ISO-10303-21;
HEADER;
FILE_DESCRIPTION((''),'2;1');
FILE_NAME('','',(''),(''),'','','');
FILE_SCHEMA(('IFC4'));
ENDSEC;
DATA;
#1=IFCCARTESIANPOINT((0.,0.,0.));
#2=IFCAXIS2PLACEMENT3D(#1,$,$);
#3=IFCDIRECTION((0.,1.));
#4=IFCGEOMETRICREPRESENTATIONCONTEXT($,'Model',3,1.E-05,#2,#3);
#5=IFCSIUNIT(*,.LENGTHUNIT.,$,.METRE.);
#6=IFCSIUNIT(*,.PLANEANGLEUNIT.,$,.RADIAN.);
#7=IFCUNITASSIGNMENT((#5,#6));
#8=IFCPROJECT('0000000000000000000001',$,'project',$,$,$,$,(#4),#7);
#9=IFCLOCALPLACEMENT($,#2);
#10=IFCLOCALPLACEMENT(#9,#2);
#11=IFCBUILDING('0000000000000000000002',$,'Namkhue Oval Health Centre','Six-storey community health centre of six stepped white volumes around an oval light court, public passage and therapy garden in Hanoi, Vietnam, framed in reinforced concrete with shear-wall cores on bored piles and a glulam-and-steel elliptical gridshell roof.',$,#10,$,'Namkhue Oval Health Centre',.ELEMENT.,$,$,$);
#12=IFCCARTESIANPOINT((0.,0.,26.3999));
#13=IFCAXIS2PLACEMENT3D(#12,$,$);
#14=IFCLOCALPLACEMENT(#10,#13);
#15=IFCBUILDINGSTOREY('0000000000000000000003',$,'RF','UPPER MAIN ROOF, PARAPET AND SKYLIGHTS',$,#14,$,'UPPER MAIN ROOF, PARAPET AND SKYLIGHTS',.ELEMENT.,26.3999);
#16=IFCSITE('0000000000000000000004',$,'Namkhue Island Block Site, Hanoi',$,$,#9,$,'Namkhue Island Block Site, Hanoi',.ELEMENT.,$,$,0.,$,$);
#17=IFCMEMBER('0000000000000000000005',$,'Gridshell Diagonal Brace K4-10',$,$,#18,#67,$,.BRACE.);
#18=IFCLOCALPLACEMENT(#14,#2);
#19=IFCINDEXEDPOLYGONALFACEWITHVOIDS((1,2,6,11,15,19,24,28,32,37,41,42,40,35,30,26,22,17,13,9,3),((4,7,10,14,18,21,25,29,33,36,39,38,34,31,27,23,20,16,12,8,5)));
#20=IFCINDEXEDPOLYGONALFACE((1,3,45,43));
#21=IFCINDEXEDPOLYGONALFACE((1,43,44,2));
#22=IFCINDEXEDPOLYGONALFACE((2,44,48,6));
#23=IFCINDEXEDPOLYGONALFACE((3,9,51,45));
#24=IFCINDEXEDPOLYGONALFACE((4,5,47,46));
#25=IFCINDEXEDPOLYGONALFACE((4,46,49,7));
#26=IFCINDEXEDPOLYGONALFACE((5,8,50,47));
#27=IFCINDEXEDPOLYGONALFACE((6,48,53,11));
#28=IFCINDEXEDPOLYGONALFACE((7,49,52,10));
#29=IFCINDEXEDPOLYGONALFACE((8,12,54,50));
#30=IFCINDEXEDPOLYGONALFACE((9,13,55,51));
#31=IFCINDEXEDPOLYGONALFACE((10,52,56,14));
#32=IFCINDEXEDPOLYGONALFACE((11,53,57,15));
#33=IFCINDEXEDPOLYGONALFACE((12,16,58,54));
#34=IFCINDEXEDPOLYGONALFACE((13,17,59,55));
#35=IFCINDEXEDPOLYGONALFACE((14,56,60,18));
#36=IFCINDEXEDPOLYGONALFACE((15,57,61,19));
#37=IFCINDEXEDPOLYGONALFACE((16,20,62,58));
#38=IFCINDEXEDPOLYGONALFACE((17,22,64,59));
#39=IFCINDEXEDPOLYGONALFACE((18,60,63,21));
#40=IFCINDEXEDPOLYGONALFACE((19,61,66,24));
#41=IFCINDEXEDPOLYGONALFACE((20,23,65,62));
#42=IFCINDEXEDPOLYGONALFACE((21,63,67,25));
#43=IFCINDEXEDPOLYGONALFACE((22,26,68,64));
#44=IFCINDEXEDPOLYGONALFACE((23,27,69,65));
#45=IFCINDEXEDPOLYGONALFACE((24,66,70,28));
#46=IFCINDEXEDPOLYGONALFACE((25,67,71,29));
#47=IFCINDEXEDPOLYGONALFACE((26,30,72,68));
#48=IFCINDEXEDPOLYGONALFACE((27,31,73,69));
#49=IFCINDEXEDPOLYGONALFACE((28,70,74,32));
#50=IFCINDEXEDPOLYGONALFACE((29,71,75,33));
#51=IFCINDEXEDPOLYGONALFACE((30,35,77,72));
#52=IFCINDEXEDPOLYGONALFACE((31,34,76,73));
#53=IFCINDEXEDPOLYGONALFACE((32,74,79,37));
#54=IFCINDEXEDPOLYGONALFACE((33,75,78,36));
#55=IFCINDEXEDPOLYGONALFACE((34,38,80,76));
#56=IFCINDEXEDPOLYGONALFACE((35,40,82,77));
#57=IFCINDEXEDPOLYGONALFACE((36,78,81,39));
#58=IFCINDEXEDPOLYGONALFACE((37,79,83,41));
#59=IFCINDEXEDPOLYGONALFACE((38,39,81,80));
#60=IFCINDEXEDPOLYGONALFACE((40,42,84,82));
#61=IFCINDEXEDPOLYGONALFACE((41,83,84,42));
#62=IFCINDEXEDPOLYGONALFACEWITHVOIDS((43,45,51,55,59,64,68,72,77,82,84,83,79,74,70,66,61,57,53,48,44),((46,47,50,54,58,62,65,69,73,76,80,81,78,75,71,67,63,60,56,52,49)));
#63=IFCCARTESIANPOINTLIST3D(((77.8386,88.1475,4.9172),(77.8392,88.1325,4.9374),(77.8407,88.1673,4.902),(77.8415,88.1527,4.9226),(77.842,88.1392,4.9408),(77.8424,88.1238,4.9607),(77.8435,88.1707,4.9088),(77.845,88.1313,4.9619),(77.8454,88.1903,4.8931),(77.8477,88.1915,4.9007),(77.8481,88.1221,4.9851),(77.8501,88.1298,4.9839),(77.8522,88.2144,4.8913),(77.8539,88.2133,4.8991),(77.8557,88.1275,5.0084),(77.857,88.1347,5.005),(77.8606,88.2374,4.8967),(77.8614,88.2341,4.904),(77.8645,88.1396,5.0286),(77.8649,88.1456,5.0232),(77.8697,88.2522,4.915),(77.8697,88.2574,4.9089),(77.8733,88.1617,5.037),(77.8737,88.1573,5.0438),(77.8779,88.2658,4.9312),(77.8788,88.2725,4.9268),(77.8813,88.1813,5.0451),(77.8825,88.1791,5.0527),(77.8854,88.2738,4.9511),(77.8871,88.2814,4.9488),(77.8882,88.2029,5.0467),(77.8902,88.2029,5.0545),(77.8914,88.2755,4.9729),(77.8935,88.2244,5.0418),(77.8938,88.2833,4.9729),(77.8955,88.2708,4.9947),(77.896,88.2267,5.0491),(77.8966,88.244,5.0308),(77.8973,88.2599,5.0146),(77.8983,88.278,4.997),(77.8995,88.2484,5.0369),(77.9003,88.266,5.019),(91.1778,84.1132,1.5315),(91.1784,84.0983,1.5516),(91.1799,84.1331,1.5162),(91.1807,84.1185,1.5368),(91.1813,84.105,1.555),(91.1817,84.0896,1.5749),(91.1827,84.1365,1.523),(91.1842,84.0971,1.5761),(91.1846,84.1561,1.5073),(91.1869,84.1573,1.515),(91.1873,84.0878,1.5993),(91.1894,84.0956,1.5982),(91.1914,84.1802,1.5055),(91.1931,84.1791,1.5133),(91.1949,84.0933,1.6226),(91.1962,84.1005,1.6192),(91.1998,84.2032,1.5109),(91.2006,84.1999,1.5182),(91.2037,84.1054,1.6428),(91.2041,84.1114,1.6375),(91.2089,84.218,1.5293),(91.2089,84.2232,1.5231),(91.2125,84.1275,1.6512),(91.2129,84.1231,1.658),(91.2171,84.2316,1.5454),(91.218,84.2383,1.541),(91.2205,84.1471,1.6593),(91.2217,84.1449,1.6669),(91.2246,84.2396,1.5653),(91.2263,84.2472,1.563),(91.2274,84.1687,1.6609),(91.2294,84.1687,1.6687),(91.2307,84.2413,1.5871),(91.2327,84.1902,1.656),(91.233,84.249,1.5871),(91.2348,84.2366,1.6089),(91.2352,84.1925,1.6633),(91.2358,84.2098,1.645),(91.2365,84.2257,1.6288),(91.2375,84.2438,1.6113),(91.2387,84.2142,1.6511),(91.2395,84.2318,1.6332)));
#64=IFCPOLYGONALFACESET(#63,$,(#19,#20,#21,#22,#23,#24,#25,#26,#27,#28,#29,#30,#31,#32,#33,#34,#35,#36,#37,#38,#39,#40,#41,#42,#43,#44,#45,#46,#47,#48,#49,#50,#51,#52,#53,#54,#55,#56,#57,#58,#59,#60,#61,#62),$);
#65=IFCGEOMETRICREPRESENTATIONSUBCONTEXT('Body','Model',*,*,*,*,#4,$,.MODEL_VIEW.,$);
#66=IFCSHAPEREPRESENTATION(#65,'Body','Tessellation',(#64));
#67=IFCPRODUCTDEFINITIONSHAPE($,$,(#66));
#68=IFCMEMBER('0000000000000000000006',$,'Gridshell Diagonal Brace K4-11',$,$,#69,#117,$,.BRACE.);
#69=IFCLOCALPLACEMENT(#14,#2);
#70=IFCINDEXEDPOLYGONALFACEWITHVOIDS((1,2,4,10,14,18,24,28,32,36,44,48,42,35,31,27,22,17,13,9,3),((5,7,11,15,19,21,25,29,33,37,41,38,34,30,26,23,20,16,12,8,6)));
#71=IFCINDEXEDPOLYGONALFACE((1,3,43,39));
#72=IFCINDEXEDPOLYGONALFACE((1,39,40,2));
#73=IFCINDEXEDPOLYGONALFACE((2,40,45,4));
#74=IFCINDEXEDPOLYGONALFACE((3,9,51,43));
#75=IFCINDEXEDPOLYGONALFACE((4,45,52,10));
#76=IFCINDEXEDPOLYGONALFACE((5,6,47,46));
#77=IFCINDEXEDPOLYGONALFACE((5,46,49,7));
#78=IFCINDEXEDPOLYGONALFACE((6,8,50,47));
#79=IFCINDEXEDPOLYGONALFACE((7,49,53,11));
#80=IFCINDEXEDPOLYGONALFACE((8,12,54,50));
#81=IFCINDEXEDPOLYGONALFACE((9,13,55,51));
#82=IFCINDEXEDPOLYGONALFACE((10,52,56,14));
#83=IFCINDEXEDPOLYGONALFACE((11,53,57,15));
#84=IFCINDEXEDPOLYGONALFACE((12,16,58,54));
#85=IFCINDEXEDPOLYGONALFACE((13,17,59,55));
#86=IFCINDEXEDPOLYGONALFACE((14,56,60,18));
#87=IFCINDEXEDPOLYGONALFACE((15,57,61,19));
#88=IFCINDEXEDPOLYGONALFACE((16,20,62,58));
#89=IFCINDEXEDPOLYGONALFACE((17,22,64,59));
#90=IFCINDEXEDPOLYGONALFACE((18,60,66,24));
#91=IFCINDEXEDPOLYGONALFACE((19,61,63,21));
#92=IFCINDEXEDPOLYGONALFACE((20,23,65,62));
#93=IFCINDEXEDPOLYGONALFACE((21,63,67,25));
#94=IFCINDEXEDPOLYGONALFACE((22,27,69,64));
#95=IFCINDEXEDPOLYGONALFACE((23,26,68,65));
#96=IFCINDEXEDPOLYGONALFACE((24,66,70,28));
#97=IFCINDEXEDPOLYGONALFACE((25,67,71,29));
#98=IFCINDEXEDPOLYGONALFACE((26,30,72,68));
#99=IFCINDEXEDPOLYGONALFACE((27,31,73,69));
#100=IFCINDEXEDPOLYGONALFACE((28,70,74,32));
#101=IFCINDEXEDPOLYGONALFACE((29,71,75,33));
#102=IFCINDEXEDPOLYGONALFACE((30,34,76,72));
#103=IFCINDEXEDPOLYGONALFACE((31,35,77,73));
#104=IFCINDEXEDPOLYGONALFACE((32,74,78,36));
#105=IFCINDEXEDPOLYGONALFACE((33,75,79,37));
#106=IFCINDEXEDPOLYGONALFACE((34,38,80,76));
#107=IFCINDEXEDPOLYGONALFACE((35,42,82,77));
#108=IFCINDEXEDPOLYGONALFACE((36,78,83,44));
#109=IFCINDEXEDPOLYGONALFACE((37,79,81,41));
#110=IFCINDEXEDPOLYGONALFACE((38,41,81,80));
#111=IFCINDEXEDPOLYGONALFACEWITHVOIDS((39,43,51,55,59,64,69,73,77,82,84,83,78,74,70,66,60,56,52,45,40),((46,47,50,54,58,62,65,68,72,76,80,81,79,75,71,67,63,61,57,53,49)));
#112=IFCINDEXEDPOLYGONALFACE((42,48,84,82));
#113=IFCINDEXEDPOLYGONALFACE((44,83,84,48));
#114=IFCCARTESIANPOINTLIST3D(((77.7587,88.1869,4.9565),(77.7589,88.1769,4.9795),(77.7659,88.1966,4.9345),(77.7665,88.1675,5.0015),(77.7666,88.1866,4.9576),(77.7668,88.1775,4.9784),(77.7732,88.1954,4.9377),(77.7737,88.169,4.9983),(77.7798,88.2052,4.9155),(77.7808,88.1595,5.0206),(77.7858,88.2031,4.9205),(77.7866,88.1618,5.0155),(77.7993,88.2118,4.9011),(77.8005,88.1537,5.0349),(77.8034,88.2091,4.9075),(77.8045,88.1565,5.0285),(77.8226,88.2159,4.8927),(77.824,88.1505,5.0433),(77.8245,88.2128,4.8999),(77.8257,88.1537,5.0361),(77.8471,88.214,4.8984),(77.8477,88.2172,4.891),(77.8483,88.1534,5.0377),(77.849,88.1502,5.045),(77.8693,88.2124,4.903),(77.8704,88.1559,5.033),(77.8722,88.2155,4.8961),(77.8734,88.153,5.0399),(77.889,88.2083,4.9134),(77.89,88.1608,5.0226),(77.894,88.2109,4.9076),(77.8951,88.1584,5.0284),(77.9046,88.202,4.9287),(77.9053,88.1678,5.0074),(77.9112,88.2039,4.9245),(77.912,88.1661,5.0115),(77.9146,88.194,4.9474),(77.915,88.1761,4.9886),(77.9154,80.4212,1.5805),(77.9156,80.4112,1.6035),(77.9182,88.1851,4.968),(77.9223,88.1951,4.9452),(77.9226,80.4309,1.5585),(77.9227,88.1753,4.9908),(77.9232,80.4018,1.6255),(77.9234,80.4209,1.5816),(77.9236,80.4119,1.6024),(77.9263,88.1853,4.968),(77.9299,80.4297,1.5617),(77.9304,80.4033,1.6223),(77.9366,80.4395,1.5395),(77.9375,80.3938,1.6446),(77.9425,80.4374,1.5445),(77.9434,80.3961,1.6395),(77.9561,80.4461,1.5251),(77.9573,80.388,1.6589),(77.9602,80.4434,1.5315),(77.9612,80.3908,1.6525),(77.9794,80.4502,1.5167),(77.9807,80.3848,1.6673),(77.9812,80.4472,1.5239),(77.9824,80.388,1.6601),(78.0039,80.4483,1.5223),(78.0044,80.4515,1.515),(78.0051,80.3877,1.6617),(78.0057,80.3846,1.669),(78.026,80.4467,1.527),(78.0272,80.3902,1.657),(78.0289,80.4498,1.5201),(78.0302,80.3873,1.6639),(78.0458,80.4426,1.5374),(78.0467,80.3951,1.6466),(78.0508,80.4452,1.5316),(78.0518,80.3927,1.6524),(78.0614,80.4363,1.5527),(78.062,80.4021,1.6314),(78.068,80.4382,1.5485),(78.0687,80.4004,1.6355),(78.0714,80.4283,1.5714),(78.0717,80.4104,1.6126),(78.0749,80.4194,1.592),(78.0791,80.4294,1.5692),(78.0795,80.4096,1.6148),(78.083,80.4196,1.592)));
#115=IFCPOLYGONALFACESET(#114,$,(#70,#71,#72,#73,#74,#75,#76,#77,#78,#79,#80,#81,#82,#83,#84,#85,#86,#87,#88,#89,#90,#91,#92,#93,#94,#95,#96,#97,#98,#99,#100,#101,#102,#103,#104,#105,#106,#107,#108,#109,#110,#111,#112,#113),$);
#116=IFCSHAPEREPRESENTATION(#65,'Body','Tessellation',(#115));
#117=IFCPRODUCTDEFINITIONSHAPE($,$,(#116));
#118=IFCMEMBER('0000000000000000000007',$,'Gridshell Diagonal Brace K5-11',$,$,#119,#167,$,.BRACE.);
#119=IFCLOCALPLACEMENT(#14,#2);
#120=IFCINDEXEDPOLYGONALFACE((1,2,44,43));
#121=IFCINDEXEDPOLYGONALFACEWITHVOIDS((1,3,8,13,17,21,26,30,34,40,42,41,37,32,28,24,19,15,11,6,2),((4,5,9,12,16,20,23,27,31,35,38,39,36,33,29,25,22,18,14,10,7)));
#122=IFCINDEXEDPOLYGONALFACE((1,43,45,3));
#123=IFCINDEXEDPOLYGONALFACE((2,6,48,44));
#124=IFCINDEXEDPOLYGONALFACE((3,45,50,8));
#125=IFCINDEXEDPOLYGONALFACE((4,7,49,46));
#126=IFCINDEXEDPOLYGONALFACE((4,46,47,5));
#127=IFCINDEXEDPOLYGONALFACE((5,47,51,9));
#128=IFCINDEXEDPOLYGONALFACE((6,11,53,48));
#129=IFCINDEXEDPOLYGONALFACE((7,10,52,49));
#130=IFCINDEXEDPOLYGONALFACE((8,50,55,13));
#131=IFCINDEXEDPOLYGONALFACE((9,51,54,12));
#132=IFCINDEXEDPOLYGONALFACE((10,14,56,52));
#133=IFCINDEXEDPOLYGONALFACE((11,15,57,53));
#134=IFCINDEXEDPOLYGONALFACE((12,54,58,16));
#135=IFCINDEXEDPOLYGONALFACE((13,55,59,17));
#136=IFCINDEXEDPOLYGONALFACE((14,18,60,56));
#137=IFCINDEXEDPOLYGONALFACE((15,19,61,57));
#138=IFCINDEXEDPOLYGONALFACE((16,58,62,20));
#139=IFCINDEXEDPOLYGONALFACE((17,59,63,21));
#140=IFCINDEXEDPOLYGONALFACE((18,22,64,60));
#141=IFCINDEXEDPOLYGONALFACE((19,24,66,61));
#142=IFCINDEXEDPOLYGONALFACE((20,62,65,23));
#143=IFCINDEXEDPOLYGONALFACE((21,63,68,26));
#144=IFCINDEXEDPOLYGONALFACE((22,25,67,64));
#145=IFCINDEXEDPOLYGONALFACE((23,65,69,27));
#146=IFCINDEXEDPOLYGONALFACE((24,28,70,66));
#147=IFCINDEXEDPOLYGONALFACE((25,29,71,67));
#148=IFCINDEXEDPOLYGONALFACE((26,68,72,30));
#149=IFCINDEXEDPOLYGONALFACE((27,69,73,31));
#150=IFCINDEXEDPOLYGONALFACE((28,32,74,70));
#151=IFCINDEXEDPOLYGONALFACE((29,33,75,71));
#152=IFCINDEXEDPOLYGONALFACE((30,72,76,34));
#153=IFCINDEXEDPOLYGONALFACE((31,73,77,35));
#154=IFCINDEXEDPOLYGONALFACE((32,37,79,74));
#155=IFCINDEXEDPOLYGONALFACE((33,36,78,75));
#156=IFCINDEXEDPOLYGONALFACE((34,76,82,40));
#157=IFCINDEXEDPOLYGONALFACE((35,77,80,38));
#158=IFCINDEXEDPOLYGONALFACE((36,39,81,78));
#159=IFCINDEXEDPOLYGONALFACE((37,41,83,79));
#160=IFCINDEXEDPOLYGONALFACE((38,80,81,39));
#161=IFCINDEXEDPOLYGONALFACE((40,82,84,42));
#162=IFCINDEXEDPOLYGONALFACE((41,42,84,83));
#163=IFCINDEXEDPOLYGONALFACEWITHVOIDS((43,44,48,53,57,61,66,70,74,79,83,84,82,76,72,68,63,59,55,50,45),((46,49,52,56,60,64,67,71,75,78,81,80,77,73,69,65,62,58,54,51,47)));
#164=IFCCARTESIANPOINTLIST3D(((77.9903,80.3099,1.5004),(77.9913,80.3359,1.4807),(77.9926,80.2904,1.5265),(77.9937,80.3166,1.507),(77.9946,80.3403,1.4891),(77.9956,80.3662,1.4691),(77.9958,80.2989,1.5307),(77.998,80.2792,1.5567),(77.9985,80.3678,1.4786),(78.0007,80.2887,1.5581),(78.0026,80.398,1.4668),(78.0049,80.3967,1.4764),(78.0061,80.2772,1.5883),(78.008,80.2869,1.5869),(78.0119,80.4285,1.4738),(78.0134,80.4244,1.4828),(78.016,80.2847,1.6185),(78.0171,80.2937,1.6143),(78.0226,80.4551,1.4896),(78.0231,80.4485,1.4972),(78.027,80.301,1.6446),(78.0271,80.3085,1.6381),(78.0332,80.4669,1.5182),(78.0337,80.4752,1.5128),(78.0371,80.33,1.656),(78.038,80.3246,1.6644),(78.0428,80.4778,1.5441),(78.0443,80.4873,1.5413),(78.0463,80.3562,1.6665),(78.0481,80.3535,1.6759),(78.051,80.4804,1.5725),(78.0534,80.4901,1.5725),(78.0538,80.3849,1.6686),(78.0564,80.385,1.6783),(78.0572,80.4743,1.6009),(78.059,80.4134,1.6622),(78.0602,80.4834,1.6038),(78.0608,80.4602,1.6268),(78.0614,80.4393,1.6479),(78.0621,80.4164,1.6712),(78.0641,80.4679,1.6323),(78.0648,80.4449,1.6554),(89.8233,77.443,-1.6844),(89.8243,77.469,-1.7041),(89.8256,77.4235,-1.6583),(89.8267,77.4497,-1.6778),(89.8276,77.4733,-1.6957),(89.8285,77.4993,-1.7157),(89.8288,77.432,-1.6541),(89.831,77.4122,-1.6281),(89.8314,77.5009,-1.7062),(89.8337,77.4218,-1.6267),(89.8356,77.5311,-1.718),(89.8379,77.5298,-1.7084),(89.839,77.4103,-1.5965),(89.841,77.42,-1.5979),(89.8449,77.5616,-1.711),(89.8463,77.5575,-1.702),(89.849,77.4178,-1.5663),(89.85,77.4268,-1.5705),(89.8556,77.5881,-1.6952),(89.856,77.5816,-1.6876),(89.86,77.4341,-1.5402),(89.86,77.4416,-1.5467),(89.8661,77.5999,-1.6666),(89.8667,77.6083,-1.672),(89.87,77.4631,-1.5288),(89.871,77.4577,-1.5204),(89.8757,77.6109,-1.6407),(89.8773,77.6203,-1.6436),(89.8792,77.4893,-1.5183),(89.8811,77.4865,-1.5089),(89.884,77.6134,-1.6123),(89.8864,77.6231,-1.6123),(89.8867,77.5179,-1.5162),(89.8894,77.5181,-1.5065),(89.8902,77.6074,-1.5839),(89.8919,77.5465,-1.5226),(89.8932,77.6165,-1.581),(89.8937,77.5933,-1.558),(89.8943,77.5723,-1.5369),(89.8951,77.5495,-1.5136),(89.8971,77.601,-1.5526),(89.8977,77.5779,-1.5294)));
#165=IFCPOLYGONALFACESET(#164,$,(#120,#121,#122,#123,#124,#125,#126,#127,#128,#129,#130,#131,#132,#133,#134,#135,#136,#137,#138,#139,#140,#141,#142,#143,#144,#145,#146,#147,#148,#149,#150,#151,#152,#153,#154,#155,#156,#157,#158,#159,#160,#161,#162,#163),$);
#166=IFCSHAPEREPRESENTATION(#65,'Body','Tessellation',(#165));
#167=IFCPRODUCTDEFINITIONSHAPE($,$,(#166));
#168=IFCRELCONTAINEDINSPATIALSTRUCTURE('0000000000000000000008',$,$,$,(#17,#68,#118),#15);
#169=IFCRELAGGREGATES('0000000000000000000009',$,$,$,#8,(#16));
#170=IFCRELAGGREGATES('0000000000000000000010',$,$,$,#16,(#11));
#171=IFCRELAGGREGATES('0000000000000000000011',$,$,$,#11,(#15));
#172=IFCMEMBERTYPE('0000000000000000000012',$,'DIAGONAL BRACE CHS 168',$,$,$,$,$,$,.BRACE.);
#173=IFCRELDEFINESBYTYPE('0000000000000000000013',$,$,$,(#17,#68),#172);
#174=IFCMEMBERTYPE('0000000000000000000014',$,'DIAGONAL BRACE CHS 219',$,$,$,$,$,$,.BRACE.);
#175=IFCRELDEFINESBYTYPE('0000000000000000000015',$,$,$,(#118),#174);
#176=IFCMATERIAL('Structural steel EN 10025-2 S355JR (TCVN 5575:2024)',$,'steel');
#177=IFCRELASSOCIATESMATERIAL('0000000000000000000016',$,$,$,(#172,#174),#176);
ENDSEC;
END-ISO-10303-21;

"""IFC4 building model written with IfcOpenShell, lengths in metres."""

from ifc_helpers import new_model, si_unit, direction, frame, origin, origin_2d, place, context, subcontext, project, spatial, hollow_circle, extrude, material, material_profile, profile_set, type_object, element, save


model = new_model("IFC4")

# Units and contexts
model_context = context("Model", 3, precision=1e-05, world=origin(), true_north=direction((0.0, 1.0)))
body_context = subcontext(model_context, "Body", "Model", "MODEL_VIEW")
ifc_project = project(units=[si_unit("LENGTHUNIT", "METRE"), si_unit("PLANEANGLEUNIT", "RADIAN")], contexts=[model_context])

# Site, building, storey
site_placement = place(None, origin())
site = spatial("IfcSite", under=ifc_project, at=site_placement, Name="Namkhue Island Block Site, Hanoi", LongName="Namkhue Island Block Site, Hanoi", CompositionType="ELEMENT", RefElevation=0.0)
building_placement = place(site_placement, origin())
building = spatial("IfcBuilding", under=site, at=building_placement, Name="Namkhue Oval Health Centre", Description="Six-storey community health centre of six stepped white volumes around an oval light court, public passage and therapy garden in Hanoi, Vietnam, framed in reinforced concrete with shear-wall cores on bored piles and a glulam-and-steel elliptical gridshell roof.", LongName="Namkhue Oval Health Centre", CompositionType="ELEMENT")
storey_placement = place(building_placement, frame((0.0, 0.0, 26.3999)))
storey = spatial("IfcBuildingStorey", under=building, at=storey_placement, Name="RF", Description="UPPER MAIN ROOF, PARAPET AND SKYLIGHTS", LongName="UPPER MAIN ROOF, PARAPET AND SKYLIGHTS", CompositionType="ELEMENT", Elevation=26.3999)

# Members
ifc_material_1 = material(Name="Structural steel EN 10025-2 S355JR (TCVN 5575:2024)", Category="steel")
ifc_material_profile_1 = material_profile(ifc_material_1, hollow_circle(Radius=0.0842, WallThickness=0.0081, at=origin_2d()), Name="CHS 168.3x8")
ifc_profile_set_1 = profile_set([ifc_material_profile_1], Name="Structural steel EN 10025-2 S355JR (TCVN 5575:2024)")
member_type_1 = type_object("IfcMemberType", Name="DIAGONAL BRACE CHS 168", PredefinedType="BRACE", material=ifc_profile_set_1)
member_1_placement = place(storey_placement, frame((77.8694, 88.2026, 4.9729), z_axis=(0.930126, -0.2813, -0.236085), x_axis=(0.289483, 0.957183, 0.0)))
element("IfcMember", 1, at=member_1_placement, inside=storey, type_object=member_type_1, Name="Gridshell Diagonal Brace K4-10", PredefinedType="BRACE", context=body_context, shape_type="SweptSolid", body=[
    extrude(hollow_circle(Radius=0.0842, WallThickness=0.0081, at=origin_2d()), origin(), (0.0, 0.0, 1.0), 14.3413),
])
member_2_placement = place(storey_placement, frame((77.842, 88.1836, 4.968), z_axis=(0.018507, -0.916929, -0.39862), x_axis=(0.999796, 0.020179, 0.0)))
element("IfcMember", 2, at=member_2_placement, inside=storey, type_object=member_type_1, Name="Gridshell Diagonal Brace K4-11", PredefinedType="BRACE", context=body_context, shape_type="SweptSolid", body=[
    extrude(hollow_circle(Radius=0.0842, WallThickness=0.0081, at=origin_2d()), origin(), (0.0, 0.0, 1.0), 8.4692),
])
ifc_material_profile_2 = material_profile(ifc_material_1, hollow_circle(Radius=0.1096, WallThickness=0.01, at=origin_2d()), Name="CHS 219.1x10")
ifc_profile_set_2 = profile_set([ifc_material_profile_2], Name="Structural steel EN 10025-2 S355JR (TCVN 5575:2024)")
member_type_2 = type_object("IfcMemberType", Name="DIAGONAL BRACE CHS 219", PredefinedType="BRACE", material=ifc_profile_set_2)
member_3_placement = place(storey_placement, frame((78.0276, 80.3835, 1.5725), z_axis=(0.940246, -0.227806, -0.253064), x_axis=(0.235471, 0.971881, 0.0)))
element("IfcMember", 3, at=member_3_placement, inside=storey, type_object=member_type_2, Name="Gridshell Diagonal Brace K5-11", PredefinedType="BRACE", context=body_context, shape_type="SweptSolid", body=[
    extrude(hollow_circle(Radius=0.1096, WallThickness=0.01, at=origin_2d()), origin(), (0.0, 0.0, 1.0), 12.585),
])

save(model, "model.ifc")
